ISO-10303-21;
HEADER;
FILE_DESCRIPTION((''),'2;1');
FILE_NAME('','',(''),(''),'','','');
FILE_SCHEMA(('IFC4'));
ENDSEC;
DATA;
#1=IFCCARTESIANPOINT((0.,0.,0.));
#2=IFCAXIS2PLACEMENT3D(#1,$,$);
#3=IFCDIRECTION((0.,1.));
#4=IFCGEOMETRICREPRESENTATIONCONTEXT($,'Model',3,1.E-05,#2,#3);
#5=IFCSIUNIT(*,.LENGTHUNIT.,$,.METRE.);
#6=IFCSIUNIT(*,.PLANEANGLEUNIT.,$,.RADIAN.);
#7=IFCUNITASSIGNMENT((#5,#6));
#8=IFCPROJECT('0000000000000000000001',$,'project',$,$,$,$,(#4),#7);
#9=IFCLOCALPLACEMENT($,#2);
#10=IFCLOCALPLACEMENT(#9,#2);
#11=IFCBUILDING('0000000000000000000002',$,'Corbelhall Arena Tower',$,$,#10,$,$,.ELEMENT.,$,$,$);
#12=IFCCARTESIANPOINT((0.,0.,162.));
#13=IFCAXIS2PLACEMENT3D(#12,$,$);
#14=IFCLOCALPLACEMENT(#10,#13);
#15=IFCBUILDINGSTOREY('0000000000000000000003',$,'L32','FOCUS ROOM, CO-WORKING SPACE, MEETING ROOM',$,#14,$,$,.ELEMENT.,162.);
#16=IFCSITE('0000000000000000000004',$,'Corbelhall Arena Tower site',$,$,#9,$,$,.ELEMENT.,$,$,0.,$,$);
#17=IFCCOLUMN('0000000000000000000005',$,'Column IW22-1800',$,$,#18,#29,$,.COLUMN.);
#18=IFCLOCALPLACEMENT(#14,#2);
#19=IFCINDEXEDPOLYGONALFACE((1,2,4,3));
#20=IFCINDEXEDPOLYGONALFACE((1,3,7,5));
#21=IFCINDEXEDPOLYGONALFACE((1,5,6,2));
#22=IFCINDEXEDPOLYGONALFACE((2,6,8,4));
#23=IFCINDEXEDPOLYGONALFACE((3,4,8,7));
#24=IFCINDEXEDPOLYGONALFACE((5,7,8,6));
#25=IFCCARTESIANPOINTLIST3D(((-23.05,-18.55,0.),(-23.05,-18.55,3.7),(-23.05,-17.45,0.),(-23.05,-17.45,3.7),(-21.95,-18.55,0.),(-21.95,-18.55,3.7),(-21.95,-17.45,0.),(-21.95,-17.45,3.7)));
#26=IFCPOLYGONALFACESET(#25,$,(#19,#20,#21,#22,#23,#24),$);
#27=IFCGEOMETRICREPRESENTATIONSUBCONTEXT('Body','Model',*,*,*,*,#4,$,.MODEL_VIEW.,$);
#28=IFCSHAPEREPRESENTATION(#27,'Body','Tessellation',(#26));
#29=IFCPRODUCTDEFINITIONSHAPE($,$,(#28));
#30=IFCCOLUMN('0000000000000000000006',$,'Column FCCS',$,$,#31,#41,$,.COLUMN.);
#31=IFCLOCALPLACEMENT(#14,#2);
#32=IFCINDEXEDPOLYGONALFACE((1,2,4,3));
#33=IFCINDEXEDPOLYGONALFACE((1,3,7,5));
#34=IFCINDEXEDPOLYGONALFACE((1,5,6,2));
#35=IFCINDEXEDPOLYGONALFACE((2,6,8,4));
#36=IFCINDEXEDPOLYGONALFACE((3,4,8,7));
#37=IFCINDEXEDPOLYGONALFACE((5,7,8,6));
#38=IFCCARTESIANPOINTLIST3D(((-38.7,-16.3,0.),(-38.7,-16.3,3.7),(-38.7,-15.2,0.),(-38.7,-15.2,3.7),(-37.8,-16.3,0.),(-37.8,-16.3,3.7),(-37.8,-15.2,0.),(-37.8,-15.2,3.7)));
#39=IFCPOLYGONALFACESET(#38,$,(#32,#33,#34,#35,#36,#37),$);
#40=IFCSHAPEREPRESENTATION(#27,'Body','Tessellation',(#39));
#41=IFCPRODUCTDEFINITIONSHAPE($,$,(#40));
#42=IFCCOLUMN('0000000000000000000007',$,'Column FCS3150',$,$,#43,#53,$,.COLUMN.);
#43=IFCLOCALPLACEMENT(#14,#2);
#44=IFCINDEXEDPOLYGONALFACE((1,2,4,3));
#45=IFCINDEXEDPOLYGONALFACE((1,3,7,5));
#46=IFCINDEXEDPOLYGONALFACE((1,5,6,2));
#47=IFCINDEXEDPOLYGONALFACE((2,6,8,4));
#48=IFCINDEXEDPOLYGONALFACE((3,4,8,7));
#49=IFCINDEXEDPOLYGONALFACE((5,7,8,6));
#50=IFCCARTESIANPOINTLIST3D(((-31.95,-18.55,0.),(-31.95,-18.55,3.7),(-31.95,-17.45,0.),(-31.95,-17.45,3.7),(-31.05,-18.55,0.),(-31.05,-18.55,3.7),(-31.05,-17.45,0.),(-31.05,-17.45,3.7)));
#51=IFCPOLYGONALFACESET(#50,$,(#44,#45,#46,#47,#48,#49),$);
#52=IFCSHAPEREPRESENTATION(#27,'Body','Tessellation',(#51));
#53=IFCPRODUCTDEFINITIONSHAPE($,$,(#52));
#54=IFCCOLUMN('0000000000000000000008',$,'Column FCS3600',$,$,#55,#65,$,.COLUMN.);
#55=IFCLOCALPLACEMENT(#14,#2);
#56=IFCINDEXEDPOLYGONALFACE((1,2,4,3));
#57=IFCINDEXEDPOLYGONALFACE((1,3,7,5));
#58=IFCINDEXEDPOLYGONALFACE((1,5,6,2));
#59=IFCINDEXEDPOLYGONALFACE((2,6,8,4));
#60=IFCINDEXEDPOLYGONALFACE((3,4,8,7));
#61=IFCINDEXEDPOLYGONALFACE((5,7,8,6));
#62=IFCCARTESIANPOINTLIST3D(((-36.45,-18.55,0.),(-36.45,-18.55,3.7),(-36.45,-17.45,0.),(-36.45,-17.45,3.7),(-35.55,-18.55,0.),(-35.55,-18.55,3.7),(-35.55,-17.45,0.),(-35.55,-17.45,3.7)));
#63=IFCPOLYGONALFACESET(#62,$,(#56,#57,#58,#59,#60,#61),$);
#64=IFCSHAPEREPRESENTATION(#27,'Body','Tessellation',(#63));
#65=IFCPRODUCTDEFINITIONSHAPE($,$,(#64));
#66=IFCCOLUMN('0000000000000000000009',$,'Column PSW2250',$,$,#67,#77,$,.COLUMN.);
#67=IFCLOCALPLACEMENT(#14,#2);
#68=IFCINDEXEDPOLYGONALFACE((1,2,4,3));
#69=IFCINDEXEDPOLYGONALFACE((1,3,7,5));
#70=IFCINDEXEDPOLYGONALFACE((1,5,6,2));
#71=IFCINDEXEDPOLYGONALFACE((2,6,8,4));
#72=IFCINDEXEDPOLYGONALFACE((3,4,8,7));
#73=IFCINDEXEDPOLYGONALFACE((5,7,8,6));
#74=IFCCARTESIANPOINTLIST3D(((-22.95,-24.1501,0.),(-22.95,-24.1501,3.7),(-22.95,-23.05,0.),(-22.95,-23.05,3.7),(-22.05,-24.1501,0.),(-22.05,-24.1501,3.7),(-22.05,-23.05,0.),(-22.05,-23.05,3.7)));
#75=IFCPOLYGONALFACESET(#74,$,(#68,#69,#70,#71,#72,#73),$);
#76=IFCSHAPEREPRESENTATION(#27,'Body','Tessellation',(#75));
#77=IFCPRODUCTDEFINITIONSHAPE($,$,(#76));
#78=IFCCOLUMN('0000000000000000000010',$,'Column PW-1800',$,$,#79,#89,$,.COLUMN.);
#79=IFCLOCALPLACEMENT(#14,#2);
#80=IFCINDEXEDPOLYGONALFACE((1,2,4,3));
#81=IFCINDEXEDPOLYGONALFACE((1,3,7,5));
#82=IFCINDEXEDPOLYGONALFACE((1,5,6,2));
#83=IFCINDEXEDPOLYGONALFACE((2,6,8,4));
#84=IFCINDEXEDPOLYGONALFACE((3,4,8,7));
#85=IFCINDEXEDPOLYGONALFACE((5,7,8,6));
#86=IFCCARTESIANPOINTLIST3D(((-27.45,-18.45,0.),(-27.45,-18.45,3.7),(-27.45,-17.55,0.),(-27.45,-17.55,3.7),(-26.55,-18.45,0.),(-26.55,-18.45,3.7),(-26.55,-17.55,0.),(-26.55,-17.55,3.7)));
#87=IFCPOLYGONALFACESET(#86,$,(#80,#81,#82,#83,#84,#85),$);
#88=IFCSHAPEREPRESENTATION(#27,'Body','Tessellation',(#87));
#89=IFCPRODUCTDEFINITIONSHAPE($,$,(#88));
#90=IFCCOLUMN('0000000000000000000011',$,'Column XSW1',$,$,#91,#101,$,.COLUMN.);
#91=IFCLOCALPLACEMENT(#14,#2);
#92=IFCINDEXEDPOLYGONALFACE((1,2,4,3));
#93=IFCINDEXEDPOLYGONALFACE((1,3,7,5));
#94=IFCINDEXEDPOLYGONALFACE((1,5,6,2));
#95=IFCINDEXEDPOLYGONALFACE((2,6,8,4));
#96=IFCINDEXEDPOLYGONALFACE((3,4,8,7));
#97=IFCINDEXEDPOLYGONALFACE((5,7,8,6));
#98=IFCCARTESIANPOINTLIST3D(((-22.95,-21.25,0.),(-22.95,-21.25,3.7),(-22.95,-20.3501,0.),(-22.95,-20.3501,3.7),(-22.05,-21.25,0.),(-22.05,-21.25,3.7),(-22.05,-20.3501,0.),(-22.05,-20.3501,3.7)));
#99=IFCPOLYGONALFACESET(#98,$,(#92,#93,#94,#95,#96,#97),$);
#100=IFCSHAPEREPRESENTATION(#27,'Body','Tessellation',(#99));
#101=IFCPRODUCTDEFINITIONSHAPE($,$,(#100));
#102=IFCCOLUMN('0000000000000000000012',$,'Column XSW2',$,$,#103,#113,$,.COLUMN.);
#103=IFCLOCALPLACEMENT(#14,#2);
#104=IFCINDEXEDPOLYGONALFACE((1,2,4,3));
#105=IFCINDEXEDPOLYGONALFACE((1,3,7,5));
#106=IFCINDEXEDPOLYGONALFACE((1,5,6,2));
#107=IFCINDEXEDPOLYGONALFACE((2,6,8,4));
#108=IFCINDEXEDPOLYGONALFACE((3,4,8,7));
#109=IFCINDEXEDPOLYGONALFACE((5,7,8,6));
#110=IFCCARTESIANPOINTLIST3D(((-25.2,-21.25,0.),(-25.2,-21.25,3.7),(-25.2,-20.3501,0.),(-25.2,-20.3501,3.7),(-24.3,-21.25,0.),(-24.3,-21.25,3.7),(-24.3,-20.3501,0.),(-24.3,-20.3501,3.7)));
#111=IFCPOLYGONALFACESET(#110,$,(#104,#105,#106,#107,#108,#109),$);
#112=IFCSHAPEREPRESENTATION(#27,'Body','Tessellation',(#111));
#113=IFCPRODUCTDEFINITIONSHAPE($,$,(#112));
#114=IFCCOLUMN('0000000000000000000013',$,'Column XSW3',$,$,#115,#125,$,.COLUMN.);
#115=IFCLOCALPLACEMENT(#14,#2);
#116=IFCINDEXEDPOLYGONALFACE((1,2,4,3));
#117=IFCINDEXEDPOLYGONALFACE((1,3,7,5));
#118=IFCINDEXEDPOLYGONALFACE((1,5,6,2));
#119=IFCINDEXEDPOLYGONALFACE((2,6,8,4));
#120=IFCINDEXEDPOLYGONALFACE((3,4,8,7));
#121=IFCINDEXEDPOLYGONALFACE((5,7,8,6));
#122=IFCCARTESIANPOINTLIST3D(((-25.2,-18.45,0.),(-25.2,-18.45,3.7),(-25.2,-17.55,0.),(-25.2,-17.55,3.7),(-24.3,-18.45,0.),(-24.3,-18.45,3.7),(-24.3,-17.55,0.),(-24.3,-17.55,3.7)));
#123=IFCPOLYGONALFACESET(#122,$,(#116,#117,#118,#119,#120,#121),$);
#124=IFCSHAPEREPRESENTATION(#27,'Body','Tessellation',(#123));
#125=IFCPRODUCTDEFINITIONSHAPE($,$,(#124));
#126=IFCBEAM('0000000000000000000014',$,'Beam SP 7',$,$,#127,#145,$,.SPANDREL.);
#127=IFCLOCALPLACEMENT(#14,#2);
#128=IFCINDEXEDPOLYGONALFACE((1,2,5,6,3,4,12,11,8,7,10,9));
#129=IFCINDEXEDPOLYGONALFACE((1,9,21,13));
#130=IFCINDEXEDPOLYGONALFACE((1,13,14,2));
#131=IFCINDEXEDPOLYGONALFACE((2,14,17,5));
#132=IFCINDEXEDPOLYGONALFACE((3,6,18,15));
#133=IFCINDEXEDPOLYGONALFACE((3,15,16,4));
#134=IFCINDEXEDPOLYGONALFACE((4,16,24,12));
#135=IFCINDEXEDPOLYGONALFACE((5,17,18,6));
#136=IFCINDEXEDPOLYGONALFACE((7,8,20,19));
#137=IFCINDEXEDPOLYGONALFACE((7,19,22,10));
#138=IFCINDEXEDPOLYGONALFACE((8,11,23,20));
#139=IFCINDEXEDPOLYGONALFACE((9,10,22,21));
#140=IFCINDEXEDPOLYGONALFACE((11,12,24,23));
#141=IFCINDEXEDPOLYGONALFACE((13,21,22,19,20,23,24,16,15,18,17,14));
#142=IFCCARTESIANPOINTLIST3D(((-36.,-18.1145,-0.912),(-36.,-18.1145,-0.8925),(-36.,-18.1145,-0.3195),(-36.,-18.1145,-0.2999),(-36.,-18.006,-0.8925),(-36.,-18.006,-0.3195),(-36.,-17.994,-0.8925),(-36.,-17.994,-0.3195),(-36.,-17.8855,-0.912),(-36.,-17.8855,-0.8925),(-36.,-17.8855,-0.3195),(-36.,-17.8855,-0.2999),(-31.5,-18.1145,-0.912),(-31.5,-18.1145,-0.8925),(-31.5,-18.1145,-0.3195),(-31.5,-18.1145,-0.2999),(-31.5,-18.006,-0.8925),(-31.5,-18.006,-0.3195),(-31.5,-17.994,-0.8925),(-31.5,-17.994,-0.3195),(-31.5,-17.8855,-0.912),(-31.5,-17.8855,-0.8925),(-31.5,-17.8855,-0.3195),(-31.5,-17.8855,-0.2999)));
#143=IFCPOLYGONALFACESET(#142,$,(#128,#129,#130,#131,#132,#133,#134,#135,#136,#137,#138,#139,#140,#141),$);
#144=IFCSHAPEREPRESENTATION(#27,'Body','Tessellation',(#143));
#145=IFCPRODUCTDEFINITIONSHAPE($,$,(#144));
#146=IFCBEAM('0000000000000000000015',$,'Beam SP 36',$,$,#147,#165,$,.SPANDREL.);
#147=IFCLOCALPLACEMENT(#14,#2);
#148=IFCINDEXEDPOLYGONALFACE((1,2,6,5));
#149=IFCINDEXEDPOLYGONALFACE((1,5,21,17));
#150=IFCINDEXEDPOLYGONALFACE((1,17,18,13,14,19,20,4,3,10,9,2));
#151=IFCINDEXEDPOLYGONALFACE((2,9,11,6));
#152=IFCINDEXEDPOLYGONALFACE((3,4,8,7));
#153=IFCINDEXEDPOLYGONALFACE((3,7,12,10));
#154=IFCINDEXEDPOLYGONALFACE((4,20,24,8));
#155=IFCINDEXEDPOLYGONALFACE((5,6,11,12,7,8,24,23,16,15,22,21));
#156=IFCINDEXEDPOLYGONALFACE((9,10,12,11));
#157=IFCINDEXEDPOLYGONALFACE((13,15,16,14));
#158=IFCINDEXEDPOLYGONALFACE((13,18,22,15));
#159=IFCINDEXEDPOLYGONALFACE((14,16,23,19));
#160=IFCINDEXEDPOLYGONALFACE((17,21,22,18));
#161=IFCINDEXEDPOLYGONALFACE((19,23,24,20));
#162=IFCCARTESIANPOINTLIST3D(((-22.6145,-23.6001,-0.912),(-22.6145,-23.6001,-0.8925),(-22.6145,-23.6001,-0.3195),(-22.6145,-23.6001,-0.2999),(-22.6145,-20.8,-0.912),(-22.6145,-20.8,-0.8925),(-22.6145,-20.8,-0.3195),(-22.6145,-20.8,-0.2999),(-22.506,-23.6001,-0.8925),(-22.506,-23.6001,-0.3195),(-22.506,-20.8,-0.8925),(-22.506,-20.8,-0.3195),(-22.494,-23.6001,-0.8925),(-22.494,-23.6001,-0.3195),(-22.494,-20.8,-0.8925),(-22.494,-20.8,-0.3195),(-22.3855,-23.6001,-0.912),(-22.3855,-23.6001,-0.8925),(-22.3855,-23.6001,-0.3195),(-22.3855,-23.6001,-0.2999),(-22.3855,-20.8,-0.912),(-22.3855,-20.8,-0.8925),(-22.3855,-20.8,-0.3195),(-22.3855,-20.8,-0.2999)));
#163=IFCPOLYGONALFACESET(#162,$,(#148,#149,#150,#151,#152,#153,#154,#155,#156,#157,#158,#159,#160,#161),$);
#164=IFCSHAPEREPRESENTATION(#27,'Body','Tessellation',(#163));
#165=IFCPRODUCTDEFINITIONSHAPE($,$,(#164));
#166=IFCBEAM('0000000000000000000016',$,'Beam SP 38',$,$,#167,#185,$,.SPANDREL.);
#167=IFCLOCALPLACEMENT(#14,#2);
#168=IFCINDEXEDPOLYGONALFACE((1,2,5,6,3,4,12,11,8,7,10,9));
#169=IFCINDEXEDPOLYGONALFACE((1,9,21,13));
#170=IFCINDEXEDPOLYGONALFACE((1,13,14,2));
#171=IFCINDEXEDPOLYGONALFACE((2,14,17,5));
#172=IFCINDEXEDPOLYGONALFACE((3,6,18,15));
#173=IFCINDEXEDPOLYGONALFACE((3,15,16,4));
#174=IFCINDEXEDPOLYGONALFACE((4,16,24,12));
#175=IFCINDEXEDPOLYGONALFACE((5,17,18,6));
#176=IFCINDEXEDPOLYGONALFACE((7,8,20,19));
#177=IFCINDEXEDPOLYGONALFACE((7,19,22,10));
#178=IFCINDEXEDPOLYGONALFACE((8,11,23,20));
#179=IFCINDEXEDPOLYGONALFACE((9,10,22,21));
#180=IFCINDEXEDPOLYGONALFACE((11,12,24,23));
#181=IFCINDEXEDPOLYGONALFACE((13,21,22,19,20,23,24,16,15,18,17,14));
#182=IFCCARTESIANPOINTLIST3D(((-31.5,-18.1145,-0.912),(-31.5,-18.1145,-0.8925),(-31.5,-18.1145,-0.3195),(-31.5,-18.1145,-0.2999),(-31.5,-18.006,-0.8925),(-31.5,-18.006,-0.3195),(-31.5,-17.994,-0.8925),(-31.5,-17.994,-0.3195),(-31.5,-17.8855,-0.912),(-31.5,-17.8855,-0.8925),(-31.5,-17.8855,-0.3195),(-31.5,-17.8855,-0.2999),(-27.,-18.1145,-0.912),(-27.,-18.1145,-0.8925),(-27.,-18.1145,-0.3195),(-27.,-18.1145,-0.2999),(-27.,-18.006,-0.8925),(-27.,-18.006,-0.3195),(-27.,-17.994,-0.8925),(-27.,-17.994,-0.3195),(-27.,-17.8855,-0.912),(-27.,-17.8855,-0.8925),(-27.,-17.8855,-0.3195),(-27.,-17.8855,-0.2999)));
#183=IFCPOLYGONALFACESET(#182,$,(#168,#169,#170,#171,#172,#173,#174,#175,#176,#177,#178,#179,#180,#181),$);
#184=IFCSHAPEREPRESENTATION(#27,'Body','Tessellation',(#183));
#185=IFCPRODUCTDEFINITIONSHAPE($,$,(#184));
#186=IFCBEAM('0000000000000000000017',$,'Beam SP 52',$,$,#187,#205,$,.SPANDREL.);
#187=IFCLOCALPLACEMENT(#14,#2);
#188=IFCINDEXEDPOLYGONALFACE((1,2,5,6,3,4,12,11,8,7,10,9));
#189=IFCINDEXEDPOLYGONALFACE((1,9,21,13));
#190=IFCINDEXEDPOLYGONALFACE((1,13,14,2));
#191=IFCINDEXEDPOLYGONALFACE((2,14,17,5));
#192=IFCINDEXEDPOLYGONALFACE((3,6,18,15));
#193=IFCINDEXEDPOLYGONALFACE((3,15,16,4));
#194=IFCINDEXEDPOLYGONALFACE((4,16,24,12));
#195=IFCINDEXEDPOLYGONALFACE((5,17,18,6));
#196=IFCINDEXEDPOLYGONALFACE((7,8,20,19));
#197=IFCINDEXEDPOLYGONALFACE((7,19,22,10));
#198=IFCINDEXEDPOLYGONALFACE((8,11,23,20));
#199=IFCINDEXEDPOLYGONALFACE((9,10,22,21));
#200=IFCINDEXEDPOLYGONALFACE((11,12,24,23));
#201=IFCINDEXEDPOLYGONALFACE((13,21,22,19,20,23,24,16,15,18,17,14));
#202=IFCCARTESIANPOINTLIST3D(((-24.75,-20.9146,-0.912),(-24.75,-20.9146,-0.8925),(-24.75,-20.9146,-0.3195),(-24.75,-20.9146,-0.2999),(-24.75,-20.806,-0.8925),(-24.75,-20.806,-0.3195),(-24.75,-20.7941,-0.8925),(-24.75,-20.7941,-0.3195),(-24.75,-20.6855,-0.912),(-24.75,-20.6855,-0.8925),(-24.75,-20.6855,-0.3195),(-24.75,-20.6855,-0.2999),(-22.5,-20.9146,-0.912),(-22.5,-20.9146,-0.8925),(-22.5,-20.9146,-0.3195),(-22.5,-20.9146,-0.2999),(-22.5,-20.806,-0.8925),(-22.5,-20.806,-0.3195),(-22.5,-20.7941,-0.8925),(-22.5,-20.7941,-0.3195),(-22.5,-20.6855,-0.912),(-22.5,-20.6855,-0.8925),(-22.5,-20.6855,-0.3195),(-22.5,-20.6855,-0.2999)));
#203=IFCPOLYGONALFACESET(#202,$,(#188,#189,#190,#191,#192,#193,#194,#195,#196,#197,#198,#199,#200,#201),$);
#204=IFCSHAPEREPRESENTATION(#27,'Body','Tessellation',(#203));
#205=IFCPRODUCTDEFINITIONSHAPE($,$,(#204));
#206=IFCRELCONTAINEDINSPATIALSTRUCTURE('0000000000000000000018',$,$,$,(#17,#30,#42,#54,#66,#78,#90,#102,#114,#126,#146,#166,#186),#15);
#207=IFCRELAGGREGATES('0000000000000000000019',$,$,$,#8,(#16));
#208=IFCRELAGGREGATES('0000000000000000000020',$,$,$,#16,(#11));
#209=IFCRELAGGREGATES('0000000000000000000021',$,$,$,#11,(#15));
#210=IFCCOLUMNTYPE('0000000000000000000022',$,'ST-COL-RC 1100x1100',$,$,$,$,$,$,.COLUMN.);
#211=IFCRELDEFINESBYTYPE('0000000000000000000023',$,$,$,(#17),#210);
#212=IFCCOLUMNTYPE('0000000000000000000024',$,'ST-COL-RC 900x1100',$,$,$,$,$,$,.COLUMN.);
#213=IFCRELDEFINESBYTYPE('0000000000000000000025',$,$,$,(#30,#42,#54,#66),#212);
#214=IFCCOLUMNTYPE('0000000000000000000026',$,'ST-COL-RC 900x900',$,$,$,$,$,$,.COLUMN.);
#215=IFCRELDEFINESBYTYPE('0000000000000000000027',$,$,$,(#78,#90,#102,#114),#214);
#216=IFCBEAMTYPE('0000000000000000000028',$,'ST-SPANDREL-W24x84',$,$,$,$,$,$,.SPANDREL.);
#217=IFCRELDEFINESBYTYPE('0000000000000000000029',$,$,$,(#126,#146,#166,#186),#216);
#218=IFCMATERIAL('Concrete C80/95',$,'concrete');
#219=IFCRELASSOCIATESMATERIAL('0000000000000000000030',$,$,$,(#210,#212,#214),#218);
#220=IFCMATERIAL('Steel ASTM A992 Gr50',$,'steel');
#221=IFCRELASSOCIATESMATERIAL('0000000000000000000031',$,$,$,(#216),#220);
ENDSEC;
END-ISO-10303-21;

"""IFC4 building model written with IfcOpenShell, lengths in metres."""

from ifc_helpers import new_model, si_unit, direction, frame, origin, origin_2d, place, context, subcontext, project, spatial, rectangle, i_section, extrude, material, material_profile, profile_set, type_object, element, save


model = new_model("IFC4")

# Units and contexts
model_context = context("Model", 3, precision=1e-05, world=origin(), true_north=direction((0.0, 1.0)))
body_context = subcontext(model_context, "Body", "Model", "MODEL_VIEW")
ifc_project = project(units=[si_unit("LENGTHUNIT", "METRE"), si_unit("PLANEANGLEUNIT", "RADIAN")], contexts=[model_context])

# Site, building, storey
site_placement = place(None, origin())
site = spatial("IfcSite", under=ifc_project, at=site_placement, Name="Corbelhall Arena Tower site", CompositionType="ELEMENT", RefElevation=0.0)
building_placement = place(site_placement, origin())
building = spatial("IfcBuilding", under=site, at=building_placement, Name="Corbelhall Arena Tower", CompositionType="ELEMENT")
storey_placement = place(building_placement, frame((0.0, 0.0, 162.0)))
storey = spatial("IfcBuildingStorey", under=building, at=storey_placement, Name="L32", Description="FOCUS ROOM, CO-WORKING SPACE, MEETING ROOM", CompositionType="ELEMENT", Elevation=162.0)

# Columns
ifc_material_1 = material(Name="Concrete C80/95", Category="concrete")
ifc_material_profile_1 = material_profile(ifc_material_1, rectangle(XDim=1.1001, YDim=1.1001, at=origin_2d()))
ifc_profile_set_1 = profile_set([ifc_material_profile_1], Name="Concrete C80/95")
column_type_1 = type_object("IfcColumnType", Name="ST-COL-RC 1100x1100", PredefinedType="COLUMN", material=ifc_profile_set_1)
column_placement = place(storey_placement, frame((-22.5, -18.0, 0.0), z_axis=(0.0, 0.0, 1.0), x_axis=(1.0, 0.0, 0.0)))
element("IfcColumn", 1, at=column_placement, inside=storey, type_object=column_type_1, Name="Column IW22-1800", PredefinedType="COLUMN", context=body_context, shape_type="SweptSolid", body=[
    extrude(rectangle(XDim=1.1001, YDim=1.1001, at=origin_2d()), origin(), (0.0, 0.0, 1.0), 3.7),
])
ifc_material_profile_2 = material_profile(ifc_material_1, rectangle(XDim=0.8999, YDim=1.1001, at=origin_2d()))
ifc_profile_set_2 = profile_set([ifc_material_profile_2], Name="Concrete C80/95")
column_type_2 = type_object("IfcColumnType", Name="ST-COL-RC 900x1100", PredefinedType="COLUMN", material=ifc_profile_set_2)
for number, where, z_axis, x_axis, name in (
    (2, (-38.25, -15.75, 0.0), (0.0, 0.0, 1.0), (1.0, 0.0, 0.0), "Column FCCS"),
    (3, (-31.5, -18.0, 0.0), (0.0, 0.0, 1.0), (1.0, 0.0, 0.0), "Column FCS3150"),
    (4, (-36.0, -18.0, 0.0), (0.0, 0.0, 1.0), (1.0, 0.0, 0.0), "Column FCS3600"),
    (5, (-22.5, -23.6001, 0.0), (0.0, 0.0, 1.0), (1.0, 0.0, 0.0), "Column PSW2250"),
):
    element("IfcColumn", number, at=place(storey_placement, frame(where, z_axis=z_axis, x_axis=x_axis)), inside=storey, type_object=column_type_2, Name=name, PredefinedType="COLUMN", context=body_context, shape_type="SweptSolid", body=[
        extrude(rectangle(XDim=0.8999, YDim=1.1001, at=origin_2d()), origin(), (0.0, 0.0, 1.0), 3.7),
    ])
ifc_material_profile_3 = material_profile(ifc_material_1, rectangle(XDim=0.8999, YDim=0.8999, at=origin_2d()))
ifc_profile_set_3 = profile_set([ifc_material_profile_3], Name="Concrete C80/95")
column_type_3 = type_object("IfcColumnType", Name="ST-COL-RC 900x900", PredefinedType="COLUMN", material=ifc_profile_set_3)
for number, where, z_axis, x_axis, name in (
    (6, (-27.0, -18.0, 0.0), (0.0, 0.0, 1.0), (1.0, 0.0, 0.0), "Column PW-1800"),
    (7, (-22.5, -20.8, 0.0), (0.0, 0.0, 1.0), (1.0, 0.0, 0.0), "Column XSW1"),
    (8, (-24.75, -20.8, 0.0), (0.0, 0.0, 1.0), (1.0, 0.0, 0.0), "Column XSW2"),
    (9, (-24.75, -18.0, 0.0), (0.0, 0.0, 1.0), (1.0, 0.0, 0.0), "Column XSW3"),
):
    element("IfcColumn", number, at=place(storey_placement, frame(where, z_axis=z_axis, x_axis=x_axis)), inside=storey, type_object=column_type_3, Name=name, PredefinedType="COLUMN", context=body_context, shape_type="SweptSolid", body=[
        extrude(rectangle(XDim=0.8999, YDim=0.8999, at=origin_2d()), origin(), (0.0, 0.0, 1.0), 3.7),
    ])

# Beams
ifc_material_2 = material(Name="Steel ASTM A992 Gr50", Category="steel")
ifc_material_profile_4 = material_profile(ifc_material_2, i_section(OverallWidth=0.229, OverallDepth=0.6121, WebThickness=0.012, FlangeThickness=0.0195, at=origin_2d()))
ifc_profile_set_4 = profile_set([ifc_material_profile_4], Name="Steel ASTM A992 Gr50")
beam_type = type_object("IfcBeamType", Name="ST-SPANDREL-W24x84", PredefinedType="SPANDREL", material=ifc_profile_set_4)
beam_1_placement = place(storey_placement, frame((-31.5, -18.0, -0.606), z_axis=(-1.0, 0.0, 0.0), x_axis=(0.0, -1.0, 0.0)))
element("IfcBeam", 10, at=beam_1_placement, inside=storey, type_object=beam_type, Name="Beam SP 7", PredefinedType="SPANDREL", context=body_context, shape_type="SweptSolid", body=[
    extrude(i_section(OverallWidth=0.229, OverallDepth=0.6121, WebThickness=0.012, FlangeThickness=0.0195, at=origin_2d()), origin(), (0.0, 0.0, 1.0), 4.5),
])
beam_2_placement = place(storey_placement, frame((-22.5, -23.6001, -0.606), z_axis=(0.0, 1.0, 0.0), x_axis=(-1.0, 0.0, 0.0)))
element("IfcBeam", 11, at=beam_2_placement, inside=storey, type_object=beam_type, Name="Beam SP 36", PredefinedType="SPANDREL", context=body_context, shape_type="SweptSolid", body=[
    extrude(i_section(OverallWidth=0.229, OverallDepth=0.6121, WebThickness=0.012, FlangeThickness=0.0195, at=origin_2d()), origin(), (0.0, 0.0, 1.0), 2.8),
])
beam_3_placement = place(storey_placement, frame((-27.0, -18.0, -0.606), z_axis=(-1.0, 0.0, 0.0), x_axis=(0.0, -1.0, 0.0)))
element("IfcBeam", 12, at=beam_3_placement, inside=storey, type_object=beam_type, Name="Beam SP 38", PredefinedType="SPANDREL", context=body_context, shape_type="SweptSolid", body=[
    extrude(i_section(OverallWidth=0.229, OverallDepth=0.6121, WebThickness=0.012, FlangeThickness=0.0195, at=origin_2d()), origin(), (0.0, 0.0, 1.0), 4.5),
])
beam_4_placement = place(storey_placement, frame((-22.5, -20.8, -0.606), z_axis=(-1.0, 0.0, 0.0), x_axis=(0.0, -1.0, 0.0)))
element("IfcBeam", 13, at=beam_4_placement, inside=storey, type_object=beam_type, Name="Beam SP 52", PredefinedType="SPANDREL", context=body_context, shape_type="SweptSolid", body=[
    extrude(i_section(OverallWidth=0.229, OverallDepth=0.6121, WebThickness=0.012, FlangeThickness=0.0195, at=origin_2d()), origin(), (0.0, 0.0, 1.0), 2.25),
])

save(model, "model.ifc")
